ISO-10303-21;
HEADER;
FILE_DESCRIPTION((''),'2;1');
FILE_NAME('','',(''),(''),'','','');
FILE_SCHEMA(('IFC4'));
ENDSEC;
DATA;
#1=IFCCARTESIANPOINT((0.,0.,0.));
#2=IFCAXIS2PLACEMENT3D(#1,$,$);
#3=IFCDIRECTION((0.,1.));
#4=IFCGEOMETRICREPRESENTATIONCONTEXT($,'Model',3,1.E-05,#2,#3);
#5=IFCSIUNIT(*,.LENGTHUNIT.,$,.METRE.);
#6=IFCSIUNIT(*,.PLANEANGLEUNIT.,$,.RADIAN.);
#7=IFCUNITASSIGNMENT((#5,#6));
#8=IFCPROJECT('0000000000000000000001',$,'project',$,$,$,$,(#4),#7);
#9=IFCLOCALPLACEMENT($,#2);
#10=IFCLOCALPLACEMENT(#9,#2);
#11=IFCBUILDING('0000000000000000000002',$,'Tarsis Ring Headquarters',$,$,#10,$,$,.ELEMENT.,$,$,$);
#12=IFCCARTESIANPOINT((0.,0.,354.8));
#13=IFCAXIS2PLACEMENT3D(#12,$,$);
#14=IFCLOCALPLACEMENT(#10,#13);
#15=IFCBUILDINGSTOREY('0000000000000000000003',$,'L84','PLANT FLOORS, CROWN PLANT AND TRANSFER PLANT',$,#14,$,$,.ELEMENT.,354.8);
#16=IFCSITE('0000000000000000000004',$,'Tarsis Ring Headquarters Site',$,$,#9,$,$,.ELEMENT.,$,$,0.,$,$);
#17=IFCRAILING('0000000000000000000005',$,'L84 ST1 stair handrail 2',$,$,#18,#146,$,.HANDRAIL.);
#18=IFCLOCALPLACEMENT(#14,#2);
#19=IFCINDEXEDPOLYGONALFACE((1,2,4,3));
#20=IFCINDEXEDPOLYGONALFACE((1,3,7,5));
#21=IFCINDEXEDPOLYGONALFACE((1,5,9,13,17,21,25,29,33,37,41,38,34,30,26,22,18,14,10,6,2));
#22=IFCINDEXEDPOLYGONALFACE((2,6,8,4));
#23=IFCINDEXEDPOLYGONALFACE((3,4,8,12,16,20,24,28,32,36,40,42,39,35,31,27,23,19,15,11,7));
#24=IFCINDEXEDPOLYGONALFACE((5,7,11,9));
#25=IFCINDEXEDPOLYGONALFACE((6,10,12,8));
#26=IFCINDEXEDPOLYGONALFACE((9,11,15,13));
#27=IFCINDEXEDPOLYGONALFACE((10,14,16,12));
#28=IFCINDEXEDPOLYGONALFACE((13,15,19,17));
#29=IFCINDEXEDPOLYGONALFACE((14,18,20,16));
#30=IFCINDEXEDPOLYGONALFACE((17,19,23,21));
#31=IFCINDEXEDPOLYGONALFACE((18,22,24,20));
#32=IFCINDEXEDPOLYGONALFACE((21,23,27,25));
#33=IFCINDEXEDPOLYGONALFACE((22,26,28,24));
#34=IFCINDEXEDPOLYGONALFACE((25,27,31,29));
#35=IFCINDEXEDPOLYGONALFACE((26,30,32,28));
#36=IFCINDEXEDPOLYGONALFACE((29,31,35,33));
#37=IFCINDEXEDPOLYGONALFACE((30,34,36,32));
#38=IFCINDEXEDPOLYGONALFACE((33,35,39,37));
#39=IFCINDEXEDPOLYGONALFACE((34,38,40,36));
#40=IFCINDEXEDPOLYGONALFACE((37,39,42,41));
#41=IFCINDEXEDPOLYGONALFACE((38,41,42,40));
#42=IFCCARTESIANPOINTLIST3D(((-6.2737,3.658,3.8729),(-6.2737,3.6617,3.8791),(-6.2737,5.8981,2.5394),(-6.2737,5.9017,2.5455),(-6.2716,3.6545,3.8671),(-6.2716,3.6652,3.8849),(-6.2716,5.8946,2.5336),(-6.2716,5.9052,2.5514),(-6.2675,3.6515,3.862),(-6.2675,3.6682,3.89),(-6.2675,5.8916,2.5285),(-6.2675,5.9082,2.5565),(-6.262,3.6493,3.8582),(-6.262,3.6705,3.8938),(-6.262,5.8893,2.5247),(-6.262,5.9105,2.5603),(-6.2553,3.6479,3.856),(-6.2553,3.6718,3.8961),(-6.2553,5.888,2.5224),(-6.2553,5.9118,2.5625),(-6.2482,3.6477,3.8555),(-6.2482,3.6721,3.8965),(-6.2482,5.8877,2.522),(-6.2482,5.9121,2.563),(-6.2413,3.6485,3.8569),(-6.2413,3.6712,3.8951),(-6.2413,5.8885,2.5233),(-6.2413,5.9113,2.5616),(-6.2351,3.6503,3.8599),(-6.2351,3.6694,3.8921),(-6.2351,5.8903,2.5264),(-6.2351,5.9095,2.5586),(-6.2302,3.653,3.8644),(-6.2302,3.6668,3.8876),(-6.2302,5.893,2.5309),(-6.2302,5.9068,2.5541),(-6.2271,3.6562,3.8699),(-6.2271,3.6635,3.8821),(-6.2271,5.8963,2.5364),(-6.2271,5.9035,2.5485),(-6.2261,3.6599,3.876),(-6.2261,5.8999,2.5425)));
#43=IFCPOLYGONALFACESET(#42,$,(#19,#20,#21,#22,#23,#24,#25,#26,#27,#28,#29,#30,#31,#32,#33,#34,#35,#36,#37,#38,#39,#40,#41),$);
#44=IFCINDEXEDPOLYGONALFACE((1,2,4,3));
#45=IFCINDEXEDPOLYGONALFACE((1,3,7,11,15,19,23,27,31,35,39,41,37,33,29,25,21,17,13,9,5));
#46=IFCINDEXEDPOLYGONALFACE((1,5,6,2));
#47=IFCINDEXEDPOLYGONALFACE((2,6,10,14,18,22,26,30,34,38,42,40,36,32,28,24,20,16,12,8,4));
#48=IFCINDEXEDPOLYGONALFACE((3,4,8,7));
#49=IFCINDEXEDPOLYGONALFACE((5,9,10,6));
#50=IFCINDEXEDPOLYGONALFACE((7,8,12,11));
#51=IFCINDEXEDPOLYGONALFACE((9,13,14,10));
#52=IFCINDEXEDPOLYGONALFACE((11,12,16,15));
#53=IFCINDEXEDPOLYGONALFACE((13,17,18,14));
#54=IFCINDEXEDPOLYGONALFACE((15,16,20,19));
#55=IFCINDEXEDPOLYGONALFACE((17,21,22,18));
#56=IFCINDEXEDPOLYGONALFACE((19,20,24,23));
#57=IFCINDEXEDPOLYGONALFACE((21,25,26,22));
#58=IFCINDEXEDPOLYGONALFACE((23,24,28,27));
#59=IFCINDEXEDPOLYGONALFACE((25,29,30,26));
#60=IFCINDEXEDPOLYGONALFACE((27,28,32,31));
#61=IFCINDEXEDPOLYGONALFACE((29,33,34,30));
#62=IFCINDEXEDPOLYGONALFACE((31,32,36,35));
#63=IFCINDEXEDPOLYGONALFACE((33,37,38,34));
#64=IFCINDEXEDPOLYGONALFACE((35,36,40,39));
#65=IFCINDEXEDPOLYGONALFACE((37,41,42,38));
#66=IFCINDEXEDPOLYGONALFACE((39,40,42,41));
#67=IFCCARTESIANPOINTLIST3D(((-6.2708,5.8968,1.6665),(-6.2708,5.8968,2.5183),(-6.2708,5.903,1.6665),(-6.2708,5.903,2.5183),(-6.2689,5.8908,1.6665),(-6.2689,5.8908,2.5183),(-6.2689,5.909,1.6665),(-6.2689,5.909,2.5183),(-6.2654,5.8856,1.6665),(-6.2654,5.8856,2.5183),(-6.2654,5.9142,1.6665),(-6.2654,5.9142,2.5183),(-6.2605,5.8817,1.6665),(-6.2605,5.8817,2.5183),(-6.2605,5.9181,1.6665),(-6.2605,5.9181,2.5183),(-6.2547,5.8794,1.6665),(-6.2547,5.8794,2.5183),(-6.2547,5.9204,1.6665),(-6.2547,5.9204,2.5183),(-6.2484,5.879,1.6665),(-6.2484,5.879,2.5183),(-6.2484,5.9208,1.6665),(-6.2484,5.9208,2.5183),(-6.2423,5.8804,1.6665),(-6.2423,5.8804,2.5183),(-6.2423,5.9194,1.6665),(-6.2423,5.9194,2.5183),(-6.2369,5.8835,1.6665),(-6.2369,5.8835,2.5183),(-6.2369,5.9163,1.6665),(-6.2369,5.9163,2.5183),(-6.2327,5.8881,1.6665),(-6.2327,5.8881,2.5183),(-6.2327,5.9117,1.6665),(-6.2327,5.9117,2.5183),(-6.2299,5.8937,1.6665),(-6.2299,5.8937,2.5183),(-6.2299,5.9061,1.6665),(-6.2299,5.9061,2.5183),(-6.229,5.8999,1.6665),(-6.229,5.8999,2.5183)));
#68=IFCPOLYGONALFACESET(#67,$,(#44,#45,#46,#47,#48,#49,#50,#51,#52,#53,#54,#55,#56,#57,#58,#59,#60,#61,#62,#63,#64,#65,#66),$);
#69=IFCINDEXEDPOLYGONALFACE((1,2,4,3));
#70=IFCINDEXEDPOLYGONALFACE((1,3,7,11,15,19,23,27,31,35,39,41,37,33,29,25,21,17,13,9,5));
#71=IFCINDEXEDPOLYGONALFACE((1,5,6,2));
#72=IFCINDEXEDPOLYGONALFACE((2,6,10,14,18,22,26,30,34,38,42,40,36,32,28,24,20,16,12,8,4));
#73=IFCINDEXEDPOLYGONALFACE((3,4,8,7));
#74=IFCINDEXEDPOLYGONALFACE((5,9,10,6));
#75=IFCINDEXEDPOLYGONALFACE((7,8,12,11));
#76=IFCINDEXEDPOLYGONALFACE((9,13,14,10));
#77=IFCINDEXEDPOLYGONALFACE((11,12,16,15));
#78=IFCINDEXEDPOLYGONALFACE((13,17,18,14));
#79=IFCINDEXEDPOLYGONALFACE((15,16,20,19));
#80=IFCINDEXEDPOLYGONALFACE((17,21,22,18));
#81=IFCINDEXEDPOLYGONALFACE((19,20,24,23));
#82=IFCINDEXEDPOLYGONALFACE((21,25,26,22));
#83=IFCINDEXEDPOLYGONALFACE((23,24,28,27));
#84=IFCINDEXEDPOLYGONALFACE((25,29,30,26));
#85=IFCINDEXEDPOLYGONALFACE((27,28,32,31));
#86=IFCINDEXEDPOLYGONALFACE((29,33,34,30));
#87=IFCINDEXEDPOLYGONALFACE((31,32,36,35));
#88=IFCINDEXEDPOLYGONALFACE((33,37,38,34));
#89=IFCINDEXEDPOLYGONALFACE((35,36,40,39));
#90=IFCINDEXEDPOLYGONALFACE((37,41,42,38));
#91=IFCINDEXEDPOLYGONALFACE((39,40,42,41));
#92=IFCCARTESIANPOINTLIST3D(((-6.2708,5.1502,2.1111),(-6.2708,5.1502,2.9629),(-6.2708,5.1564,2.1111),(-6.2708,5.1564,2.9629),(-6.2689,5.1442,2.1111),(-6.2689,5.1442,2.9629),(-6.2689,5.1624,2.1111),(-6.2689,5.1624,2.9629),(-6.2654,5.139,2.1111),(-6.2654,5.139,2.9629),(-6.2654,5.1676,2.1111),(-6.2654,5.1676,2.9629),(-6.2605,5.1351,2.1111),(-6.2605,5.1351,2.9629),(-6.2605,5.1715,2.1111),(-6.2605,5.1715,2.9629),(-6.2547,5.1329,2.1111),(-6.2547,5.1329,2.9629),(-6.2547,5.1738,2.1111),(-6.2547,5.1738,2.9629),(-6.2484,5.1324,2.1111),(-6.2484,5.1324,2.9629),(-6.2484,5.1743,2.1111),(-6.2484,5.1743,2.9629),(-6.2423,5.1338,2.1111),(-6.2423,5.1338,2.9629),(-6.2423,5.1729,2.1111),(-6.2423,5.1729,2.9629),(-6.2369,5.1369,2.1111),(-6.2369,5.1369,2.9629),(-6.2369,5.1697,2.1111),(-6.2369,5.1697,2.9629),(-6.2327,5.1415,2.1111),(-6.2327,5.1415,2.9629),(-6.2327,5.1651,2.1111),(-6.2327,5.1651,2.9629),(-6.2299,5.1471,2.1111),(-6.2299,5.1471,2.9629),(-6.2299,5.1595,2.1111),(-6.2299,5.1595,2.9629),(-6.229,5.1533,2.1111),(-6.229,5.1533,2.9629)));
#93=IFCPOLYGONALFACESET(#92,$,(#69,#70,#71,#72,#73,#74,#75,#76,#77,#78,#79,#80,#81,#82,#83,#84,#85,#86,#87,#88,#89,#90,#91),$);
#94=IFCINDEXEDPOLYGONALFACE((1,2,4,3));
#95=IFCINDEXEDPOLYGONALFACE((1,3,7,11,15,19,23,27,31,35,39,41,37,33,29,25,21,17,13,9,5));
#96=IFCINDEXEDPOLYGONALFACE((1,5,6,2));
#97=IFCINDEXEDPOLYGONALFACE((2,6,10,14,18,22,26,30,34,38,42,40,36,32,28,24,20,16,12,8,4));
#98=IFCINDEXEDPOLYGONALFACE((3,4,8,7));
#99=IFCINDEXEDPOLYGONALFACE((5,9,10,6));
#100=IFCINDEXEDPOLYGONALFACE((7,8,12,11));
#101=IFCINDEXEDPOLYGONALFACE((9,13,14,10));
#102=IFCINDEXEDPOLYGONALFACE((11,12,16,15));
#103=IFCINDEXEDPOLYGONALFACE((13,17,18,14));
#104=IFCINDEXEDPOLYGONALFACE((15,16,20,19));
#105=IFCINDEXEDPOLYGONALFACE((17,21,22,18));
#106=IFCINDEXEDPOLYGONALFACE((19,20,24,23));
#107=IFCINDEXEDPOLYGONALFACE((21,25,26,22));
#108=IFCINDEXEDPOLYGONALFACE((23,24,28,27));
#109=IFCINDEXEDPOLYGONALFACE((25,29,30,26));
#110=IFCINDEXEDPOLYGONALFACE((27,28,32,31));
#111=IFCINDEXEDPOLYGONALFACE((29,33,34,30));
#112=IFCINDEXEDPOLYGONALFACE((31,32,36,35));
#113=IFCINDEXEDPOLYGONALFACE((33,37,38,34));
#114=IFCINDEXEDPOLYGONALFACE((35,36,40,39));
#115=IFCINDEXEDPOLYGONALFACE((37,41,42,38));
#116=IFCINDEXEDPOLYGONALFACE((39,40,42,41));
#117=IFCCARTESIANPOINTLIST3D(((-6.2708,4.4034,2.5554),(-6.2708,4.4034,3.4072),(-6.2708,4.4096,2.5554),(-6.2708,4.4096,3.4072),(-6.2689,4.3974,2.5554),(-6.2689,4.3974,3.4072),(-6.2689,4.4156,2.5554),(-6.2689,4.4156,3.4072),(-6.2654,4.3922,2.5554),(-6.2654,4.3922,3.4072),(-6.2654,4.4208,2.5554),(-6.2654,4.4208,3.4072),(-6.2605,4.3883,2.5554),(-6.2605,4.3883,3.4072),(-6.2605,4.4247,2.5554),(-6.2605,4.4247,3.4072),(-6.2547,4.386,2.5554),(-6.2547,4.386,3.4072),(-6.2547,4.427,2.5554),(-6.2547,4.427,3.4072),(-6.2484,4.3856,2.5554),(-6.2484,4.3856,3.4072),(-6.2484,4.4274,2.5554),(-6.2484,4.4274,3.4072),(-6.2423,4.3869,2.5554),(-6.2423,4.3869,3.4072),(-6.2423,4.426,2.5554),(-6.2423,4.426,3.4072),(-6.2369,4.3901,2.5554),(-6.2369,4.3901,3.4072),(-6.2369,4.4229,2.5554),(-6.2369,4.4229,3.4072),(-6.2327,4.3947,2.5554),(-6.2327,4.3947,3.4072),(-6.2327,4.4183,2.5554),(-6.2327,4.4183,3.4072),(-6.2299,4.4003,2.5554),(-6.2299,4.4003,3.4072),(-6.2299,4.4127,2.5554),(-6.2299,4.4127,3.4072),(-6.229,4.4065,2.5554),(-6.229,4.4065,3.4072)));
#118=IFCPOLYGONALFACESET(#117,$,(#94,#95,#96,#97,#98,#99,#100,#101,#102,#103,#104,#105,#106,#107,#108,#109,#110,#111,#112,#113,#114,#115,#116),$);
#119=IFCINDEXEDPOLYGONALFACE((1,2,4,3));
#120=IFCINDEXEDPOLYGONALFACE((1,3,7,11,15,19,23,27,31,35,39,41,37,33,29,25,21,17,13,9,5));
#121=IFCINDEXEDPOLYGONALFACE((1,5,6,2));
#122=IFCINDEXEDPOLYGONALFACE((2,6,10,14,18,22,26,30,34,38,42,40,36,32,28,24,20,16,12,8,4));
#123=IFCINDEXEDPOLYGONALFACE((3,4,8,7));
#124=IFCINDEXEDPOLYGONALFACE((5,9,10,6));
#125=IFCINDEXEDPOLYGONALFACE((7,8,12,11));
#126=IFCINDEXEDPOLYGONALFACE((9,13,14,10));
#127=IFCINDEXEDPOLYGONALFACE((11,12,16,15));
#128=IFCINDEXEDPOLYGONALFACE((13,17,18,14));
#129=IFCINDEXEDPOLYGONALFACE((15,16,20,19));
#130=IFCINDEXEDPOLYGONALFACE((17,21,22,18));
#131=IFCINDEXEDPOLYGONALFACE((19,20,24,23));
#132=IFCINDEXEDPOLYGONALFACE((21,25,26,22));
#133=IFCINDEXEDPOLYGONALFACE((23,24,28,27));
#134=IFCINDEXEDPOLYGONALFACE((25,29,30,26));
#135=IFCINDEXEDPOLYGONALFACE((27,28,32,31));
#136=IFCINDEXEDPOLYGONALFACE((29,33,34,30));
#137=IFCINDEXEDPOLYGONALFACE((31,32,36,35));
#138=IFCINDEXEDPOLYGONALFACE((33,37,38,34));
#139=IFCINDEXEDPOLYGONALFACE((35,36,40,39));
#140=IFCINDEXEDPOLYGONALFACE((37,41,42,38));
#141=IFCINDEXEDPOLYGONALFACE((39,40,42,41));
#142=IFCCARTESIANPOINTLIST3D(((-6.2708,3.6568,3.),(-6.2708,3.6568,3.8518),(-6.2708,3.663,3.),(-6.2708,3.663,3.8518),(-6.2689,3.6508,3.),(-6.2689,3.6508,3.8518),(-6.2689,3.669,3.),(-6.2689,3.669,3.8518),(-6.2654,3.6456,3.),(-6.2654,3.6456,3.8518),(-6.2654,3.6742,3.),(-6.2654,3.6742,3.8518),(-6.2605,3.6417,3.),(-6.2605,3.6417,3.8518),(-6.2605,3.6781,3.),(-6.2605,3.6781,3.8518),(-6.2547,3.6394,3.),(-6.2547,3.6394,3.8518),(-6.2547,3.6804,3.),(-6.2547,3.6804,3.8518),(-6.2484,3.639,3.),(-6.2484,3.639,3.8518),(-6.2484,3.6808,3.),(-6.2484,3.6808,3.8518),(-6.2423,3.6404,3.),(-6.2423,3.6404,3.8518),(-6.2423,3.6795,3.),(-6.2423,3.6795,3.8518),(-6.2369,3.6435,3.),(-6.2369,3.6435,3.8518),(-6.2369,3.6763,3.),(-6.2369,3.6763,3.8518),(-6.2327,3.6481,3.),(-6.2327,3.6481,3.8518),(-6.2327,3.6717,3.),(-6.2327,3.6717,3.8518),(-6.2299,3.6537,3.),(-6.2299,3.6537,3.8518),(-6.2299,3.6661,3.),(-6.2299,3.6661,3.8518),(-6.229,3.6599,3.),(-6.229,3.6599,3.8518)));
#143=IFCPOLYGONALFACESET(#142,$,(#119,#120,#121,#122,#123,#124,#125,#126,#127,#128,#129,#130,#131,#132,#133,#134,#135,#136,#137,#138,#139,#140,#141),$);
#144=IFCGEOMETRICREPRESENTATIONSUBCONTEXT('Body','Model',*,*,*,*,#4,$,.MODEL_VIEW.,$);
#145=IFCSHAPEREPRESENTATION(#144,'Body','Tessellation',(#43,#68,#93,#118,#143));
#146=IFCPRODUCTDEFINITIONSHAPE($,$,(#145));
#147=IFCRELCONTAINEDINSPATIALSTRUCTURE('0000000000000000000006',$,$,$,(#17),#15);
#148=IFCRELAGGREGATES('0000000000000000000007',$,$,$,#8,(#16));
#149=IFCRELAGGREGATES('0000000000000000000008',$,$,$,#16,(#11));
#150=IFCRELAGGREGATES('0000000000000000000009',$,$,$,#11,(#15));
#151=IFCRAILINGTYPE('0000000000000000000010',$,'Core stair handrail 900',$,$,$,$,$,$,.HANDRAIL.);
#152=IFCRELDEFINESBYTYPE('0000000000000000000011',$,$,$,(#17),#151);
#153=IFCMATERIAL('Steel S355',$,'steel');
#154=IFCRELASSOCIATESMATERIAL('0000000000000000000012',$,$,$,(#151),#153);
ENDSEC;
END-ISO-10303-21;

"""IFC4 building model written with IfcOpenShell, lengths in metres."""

from ifc_helpers import new_model, si_unit, direction, frame, origin, origin_2d, place, context, subcontext, project, spatial, circle, extrude, material, type_object, element, save


model = new_model("IFC4")

# Units and contexts
model_context = context("Model", 3, precision=1e-05, world=origin(), true_north=direction((0.0, 1.0)))
body_context = subcontext(model_context, "Body", "Model", "MODEL_VIEW")
ifc_project = project(units=[si_unit("LENGTHUNIT", "METRE"), si_unit("PLANEANGLEUNIT", "RADIAN")], contexts=[model_context])

# Site, building, storey
site_placement = place(None, origin())
site = spatial("IfcSite", under=ifc_project, at=site_placement, Name="Tarsis Ring Headquarters Site", CompositionType="ELEMENT", RefElevation=0.0)
building_placement = place(site_placement, origin())
building = spatial("IfcBuilding", under=site, at=building_placement, Name="Tarsis Ring Headquarters", CompositionType="ELEMENT")
storey_placement = place(building_placement, frame((0.0, 0.0, 354.8)))
storey = spatial("IfcBuildingStorey", under=building, at=storey_placement, Name="L84", Description="PLANT FLOORS, CROWN PLANT AND TRANSFER PLANT", CompositionType="ELEMENT", Elevation=354.8)

# Shared definitions
ifc_material_1 = material(Name="Steel S355", Category="steel")

# Railing
railing_type_1 = type_object("IfcRailingType", Name="Core stair handrail 900", PredefinedType="HANDRAIL", material=ifc_material_1)
railing_1_placement = place(storey_placement, frame((-6.25, 5.8999, 1.6665)))
element("IfcRailing", 1, at=railing_1_placement, inside=storey, type_object=railing_type_1, Name="L84 ST1 stair handrail 2", PredefinedType="HANDRAIL", context=body_context, shape_type="SweptSolid", body=[
    extrude(circle(Radius=0.0239, at=origin_2d()), frame((0.0, 0.0, 0.876), z_axis=(0.0, -0.859264, 0.511532), x_axis=(1.0, 0.0, 0.0)), (0.0, 0.0, 1.0), 2.6069),
    extrude(circle(Radius=0.021, at=origin_2d()), origin(), (0.0, 0.0, 1.0), 0.8518),
    extrude(circle(Radius=0.021, at=origin_2d()), frame((0.0, -0.7466, 0.4446)), (0.0, 0.0, 1.0), 0.8518),
    extrude(circle(Radius=0.021, at=origin_2d()), frame((0.0, -1.4934, 0.8889)), (0.0, 0.0, 1.0), 0.8518),
    extrude(circle(Radius=0.021, at=origin_2d()), frame((0.0, -2.24, 1.3335)), (0.0, 0.0, 1.0), 0.8518),
])

save(model, "model.ifc")
